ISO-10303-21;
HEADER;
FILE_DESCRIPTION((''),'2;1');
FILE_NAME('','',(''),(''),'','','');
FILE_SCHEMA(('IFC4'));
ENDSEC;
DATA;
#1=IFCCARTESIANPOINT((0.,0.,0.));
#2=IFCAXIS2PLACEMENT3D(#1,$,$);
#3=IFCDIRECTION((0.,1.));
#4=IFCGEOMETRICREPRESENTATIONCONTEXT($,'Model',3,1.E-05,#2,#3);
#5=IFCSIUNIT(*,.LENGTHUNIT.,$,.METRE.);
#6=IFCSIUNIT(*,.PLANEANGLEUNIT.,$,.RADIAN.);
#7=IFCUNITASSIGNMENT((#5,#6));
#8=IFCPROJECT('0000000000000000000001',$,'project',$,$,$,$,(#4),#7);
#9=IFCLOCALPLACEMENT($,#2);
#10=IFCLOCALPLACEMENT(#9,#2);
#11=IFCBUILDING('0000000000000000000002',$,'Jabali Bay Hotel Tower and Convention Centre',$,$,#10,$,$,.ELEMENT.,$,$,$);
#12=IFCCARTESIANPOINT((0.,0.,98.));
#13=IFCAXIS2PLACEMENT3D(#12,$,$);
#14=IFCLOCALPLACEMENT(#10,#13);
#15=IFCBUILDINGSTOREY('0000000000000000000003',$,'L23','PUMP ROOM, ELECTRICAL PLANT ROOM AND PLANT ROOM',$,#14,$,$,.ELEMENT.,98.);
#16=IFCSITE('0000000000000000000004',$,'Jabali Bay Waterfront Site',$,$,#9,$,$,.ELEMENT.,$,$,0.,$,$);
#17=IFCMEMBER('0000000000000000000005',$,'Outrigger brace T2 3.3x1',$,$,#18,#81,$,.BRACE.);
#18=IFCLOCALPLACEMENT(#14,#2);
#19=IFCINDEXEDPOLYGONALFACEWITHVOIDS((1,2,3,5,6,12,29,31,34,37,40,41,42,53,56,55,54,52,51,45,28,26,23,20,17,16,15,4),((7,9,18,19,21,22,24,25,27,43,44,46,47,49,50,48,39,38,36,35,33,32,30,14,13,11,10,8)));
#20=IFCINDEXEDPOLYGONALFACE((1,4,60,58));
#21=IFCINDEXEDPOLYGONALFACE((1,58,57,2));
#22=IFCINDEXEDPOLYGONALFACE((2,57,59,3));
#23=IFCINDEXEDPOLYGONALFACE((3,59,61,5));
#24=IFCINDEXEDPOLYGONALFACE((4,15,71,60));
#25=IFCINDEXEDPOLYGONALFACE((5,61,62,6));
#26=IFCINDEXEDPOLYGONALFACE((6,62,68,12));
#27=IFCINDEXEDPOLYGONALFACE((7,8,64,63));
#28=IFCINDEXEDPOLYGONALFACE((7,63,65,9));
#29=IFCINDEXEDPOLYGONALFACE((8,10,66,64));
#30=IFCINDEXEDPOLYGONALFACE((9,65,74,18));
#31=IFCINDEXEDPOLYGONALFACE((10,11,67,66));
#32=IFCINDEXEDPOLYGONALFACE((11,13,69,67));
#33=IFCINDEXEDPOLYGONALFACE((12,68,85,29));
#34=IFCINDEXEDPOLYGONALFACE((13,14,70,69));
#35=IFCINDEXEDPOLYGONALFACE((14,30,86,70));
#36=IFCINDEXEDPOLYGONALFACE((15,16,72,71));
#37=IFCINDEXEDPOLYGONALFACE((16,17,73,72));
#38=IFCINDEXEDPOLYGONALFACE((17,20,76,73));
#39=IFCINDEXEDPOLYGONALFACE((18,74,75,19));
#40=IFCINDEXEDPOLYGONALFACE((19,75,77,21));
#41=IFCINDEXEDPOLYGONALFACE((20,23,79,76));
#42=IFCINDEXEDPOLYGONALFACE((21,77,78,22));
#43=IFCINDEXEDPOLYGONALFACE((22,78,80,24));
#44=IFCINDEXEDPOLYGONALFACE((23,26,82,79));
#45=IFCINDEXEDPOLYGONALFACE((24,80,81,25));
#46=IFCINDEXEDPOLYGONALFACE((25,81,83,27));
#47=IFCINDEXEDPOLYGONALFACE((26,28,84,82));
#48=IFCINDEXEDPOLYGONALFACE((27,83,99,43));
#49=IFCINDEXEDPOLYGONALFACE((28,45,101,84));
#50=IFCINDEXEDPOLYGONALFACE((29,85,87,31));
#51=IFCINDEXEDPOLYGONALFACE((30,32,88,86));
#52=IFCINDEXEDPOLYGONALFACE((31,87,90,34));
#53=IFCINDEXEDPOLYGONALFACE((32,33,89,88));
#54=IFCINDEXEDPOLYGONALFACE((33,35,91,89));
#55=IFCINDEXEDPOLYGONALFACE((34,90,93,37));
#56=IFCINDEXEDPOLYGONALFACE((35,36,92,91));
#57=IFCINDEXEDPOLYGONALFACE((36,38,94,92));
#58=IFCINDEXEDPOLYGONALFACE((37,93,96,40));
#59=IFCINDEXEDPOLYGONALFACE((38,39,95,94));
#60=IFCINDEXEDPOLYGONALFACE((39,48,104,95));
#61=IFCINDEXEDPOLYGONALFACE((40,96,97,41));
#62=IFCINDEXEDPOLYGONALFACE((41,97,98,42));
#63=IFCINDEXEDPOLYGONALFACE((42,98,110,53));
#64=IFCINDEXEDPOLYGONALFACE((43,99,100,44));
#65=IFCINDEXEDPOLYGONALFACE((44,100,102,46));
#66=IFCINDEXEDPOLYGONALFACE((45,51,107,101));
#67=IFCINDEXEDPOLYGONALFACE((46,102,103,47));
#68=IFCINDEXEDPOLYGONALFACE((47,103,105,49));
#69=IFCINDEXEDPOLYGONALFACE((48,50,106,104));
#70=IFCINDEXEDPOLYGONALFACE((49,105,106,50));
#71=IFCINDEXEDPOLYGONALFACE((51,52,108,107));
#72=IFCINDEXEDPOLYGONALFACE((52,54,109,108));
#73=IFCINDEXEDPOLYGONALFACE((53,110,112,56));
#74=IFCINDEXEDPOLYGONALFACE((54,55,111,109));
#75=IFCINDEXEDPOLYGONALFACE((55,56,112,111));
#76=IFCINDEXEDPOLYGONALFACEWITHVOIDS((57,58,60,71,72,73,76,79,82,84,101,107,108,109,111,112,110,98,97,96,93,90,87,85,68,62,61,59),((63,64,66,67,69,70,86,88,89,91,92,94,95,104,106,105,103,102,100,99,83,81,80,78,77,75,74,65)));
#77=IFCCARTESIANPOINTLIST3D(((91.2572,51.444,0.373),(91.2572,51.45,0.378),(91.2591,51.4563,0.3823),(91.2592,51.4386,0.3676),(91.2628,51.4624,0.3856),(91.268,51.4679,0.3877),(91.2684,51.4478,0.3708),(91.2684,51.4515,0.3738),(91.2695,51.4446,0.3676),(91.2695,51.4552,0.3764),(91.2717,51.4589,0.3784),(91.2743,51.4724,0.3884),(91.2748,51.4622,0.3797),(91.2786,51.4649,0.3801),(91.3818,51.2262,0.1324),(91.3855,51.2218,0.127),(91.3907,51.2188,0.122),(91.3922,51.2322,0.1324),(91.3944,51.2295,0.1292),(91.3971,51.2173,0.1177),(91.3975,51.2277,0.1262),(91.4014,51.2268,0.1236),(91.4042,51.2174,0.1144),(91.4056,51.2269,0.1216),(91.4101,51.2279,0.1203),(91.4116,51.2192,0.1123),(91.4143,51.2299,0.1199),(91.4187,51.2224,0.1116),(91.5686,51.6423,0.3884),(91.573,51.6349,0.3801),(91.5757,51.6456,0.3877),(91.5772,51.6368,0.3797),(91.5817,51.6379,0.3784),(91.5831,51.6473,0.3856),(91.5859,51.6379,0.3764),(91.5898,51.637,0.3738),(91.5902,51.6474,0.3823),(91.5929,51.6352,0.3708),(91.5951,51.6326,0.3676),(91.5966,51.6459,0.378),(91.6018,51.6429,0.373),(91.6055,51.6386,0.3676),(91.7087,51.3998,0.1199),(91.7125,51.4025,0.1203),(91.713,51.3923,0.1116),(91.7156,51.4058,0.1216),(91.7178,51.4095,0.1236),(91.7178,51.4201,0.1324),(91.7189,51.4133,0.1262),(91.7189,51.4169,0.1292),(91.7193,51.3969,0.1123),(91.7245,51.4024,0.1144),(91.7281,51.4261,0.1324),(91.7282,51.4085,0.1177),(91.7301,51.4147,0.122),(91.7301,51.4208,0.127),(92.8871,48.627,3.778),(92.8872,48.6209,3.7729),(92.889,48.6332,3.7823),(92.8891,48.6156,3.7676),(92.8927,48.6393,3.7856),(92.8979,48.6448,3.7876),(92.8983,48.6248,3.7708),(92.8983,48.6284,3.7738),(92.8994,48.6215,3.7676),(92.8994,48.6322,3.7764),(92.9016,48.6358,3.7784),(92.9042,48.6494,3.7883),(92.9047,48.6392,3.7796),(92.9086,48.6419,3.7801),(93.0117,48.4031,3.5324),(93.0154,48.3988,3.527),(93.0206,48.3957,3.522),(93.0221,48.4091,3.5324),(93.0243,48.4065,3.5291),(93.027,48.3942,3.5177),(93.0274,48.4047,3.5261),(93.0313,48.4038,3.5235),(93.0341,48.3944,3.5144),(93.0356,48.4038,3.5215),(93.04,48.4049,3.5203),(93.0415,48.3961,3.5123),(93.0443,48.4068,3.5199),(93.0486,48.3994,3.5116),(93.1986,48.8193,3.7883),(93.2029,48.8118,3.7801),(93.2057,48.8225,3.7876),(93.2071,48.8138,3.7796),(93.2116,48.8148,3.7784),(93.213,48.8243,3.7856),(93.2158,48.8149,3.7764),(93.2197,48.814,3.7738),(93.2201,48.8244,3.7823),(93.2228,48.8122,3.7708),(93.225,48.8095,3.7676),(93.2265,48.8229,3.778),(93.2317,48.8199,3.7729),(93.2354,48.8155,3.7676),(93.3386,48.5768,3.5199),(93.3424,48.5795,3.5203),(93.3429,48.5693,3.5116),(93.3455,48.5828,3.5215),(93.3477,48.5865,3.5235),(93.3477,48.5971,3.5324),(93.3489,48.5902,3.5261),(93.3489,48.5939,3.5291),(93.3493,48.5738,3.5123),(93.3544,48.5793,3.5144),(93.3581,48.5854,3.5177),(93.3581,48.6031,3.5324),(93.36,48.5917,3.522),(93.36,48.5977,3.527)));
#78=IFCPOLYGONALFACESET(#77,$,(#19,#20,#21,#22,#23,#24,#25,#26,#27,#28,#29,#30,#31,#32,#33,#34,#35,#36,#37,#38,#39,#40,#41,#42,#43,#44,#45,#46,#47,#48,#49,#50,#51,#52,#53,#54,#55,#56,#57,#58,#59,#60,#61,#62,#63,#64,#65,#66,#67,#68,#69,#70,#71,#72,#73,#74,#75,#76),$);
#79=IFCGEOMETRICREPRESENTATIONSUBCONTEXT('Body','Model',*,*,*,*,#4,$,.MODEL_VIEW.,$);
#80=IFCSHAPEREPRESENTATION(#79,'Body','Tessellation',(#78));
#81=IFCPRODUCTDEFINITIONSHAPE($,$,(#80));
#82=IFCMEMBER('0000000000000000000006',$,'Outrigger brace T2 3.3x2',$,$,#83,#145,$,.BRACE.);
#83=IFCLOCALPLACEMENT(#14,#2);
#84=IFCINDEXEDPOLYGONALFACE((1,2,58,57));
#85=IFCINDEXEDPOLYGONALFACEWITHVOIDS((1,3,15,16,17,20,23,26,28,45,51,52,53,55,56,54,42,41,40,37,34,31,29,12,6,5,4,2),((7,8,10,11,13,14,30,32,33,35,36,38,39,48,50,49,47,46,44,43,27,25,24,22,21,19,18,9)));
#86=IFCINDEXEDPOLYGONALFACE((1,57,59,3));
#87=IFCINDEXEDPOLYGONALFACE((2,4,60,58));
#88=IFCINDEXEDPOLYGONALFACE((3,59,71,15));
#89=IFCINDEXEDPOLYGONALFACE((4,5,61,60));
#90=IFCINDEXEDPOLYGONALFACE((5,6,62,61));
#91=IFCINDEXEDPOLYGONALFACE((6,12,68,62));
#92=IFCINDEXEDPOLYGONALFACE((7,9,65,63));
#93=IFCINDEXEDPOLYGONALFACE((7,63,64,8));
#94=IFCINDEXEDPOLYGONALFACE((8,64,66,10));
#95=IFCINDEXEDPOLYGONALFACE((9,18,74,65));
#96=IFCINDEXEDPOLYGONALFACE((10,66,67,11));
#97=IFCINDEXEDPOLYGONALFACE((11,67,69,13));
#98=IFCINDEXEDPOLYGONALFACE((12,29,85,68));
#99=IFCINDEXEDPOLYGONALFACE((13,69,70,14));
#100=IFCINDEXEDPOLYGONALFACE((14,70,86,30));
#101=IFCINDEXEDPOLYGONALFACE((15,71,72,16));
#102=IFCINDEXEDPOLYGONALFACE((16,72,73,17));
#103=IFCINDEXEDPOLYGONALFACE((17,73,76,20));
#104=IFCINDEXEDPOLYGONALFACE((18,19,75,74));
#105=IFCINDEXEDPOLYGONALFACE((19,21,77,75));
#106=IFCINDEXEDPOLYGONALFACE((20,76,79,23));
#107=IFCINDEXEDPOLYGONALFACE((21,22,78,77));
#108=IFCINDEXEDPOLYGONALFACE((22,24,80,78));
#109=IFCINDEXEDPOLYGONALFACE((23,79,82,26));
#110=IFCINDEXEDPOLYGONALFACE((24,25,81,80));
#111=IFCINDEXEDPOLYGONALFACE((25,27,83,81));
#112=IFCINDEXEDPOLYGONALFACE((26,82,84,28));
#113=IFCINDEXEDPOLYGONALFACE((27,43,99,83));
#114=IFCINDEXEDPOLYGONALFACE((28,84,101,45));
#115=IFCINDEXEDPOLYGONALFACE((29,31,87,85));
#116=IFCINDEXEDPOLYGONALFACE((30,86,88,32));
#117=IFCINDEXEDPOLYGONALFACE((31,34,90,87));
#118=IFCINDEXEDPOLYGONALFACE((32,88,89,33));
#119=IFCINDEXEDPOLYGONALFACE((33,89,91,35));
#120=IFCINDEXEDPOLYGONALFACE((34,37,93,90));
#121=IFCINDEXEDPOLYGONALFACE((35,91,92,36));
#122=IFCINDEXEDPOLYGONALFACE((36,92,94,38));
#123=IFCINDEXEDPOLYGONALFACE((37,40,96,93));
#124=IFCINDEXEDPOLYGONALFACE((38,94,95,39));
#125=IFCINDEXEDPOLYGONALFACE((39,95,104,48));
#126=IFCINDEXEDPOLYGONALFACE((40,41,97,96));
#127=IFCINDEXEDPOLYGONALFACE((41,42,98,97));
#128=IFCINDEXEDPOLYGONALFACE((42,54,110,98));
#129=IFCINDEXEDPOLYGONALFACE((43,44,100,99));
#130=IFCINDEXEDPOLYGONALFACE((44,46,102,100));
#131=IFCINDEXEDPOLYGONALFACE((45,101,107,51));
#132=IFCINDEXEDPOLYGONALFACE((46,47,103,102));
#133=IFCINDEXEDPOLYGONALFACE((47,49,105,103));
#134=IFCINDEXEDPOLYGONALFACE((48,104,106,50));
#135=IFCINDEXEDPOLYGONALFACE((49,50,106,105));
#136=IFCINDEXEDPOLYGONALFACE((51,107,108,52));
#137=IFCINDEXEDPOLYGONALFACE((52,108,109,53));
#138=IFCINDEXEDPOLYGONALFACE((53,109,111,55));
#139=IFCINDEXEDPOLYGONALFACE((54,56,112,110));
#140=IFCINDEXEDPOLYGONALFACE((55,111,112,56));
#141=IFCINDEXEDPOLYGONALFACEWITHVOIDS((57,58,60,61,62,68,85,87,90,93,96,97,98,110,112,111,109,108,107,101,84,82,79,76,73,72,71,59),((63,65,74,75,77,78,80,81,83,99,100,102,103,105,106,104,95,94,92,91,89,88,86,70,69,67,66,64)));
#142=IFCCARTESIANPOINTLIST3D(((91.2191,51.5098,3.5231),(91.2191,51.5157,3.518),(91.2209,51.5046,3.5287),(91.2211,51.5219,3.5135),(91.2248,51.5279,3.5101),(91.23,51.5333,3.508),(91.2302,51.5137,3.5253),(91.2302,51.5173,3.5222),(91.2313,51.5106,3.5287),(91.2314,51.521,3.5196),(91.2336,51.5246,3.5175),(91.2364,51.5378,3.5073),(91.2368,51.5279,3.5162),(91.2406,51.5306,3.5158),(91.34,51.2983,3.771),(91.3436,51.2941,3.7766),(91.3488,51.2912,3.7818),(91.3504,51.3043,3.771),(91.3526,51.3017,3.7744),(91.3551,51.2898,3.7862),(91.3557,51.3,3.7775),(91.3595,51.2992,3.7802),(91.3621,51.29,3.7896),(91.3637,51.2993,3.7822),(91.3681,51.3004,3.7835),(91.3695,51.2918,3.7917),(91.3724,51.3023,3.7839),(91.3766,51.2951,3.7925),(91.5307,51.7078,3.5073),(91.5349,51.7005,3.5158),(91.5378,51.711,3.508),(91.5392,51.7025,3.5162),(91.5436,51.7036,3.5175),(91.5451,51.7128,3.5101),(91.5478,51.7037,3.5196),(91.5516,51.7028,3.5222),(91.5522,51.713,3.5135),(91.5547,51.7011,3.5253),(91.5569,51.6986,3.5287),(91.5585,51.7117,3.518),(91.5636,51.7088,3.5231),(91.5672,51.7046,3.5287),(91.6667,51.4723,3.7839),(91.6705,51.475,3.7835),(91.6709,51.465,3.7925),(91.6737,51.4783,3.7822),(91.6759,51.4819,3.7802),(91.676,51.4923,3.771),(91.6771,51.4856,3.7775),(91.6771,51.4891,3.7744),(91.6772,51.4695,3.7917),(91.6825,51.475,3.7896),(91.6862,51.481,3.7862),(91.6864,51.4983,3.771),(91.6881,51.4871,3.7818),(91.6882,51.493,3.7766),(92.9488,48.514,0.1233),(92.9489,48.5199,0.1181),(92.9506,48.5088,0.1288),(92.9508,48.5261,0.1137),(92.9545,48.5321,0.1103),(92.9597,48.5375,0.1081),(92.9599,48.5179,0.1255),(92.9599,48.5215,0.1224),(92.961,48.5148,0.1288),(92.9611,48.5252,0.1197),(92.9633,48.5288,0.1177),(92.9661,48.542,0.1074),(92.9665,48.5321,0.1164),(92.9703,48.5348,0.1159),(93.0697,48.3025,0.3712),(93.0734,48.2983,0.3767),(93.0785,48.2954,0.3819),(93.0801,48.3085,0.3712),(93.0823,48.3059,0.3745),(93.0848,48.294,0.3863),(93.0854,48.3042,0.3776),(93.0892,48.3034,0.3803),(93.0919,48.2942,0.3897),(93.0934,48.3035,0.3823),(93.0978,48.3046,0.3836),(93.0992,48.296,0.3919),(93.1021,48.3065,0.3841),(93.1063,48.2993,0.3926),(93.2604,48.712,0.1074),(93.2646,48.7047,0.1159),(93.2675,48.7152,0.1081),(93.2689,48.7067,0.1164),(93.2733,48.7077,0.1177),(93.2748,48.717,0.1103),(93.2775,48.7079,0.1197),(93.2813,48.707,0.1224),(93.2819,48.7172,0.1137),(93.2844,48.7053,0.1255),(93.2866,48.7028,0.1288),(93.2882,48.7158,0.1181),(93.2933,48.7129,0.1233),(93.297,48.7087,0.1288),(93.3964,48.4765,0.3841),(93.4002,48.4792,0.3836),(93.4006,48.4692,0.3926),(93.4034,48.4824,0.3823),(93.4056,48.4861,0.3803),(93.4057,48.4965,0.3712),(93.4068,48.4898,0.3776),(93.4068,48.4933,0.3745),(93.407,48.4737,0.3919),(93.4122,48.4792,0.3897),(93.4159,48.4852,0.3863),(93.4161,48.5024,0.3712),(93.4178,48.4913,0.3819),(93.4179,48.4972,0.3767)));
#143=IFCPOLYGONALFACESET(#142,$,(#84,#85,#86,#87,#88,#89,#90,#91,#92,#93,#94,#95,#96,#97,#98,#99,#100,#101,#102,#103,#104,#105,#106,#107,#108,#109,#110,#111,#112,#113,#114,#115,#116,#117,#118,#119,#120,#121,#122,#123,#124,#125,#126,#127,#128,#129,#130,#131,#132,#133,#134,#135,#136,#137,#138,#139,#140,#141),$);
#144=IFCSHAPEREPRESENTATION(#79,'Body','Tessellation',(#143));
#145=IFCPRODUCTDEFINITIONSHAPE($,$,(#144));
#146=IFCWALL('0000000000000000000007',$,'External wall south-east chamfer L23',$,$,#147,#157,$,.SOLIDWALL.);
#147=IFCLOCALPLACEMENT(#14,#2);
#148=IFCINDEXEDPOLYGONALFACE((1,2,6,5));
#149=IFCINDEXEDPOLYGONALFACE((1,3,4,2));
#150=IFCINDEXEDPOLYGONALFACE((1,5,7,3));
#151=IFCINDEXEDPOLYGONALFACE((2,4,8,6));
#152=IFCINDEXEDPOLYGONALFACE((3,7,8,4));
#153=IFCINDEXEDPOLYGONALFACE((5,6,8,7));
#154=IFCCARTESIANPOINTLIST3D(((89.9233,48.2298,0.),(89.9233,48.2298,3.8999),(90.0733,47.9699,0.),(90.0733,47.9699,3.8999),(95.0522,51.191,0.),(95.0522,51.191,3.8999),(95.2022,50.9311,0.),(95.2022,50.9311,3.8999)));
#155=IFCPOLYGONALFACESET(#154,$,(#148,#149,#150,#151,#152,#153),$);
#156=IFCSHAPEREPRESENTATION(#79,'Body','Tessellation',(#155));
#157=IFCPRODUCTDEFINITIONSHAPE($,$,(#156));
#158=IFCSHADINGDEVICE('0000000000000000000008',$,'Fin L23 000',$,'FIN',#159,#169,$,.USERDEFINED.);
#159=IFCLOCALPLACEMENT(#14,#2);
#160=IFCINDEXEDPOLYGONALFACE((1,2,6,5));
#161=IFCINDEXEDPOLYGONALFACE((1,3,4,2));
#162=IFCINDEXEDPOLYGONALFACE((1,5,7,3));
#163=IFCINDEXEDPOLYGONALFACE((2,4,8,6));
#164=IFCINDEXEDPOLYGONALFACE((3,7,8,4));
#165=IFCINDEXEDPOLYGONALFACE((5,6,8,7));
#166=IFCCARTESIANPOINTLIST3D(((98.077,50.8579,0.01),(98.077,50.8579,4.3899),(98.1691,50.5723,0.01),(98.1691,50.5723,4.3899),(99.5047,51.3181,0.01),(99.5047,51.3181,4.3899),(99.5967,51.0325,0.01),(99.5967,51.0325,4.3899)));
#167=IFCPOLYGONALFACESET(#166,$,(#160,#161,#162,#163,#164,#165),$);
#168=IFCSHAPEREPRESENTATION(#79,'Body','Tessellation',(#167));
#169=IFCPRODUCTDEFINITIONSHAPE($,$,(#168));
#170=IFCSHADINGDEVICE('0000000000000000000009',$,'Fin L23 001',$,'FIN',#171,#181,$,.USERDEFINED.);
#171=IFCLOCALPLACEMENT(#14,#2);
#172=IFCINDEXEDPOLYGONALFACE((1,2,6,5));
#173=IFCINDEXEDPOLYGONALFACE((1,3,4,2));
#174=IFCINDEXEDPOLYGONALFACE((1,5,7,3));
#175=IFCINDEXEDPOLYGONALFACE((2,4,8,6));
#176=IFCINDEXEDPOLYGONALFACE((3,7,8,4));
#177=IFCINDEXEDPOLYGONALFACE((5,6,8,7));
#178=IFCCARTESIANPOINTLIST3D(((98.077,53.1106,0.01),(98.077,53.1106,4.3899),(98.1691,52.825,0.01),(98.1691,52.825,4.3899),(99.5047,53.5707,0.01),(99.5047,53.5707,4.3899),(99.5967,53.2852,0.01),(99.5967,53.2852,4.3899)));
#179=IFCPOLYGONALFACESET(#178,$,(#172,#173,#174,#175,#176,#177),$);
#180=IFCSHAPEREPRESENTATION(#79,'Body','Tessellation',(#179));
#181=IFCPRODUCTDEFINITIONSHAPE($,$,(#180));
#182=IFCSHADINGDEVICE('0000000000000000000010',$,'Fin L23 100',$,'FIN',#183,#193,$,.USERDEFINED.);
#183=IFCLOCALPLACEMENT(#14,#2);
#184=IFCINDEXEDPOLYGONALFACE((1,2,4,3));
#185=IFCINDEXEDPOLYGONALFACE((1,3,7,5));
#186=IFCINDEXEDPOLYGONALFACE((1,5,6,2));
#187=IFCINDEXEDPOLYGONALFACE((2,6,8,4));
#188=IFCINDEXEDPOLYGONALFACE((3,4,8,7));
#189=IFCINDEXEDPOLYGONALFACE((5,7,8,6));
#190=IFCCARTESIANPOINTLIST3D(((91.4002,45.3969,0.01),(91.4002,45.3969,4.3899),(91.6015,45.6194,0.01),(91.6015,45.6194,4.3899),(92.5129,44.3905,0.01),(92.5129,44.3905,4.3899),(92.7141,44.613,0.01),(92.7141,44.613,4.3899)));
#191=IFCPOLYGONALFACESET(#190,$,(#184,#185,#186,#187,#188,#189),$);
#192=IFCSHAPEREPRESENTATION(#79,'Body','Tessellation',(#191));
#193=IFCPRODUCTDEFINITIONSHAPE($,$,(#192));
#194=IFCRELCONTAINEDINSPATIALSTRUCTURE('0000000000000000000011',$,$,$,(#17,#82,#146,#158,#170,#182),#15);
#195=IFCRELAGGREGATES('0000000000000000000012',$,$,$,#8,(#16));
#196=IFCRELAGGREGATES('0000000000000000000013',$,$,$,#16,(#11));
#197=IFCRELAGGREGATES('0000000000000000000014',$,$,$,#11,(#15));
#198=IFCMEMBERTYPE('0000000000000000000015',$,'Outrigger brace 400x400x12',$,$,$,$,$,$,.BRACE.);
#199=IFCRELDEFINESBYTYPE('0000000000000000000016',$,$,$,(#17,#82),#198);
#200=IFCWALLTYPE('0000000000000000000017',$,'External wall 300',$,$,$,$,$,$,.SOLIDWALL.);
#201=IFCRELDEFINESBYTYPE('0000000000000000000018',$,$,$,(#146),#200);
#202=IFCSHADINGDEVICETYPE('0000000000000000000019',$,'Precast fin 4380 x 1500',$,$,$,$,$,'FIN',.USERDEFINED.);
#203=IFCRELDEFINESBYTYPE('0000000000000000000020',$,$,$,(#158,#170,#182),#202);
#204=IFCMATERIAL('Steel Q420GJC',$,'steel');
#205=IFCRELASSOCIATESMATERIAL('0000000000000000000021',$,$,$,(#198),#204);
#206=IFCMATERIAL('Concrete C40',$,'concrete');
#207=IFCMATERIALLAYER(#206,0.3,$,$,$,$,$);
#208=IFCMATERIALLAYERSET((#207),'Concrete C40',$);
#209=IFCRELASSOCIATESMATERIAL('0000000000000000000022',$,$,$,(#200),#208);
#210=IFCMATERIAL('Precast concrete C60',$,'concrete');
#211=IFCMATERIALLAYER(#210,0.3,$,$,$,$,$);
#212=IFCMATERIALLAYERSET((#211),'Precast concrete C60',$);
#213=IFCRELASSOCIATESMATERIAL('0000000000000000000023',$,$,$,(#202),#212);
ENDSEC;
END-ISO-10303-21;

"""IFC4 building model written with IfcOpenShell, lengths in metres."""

from ifc_helpers import new_model, si_unit, direction, frame, frame_2d, origin, origin_2d, place, context, subcontext, project, spatial, rectangle, hollow_rectangle, extrude, material, layer, layer_set, material_profile, profile_set, type_object, element, save


model = new_model("IFC4")

# Units and contexts
model_context = context("Model", 3, precision=1e-05, world=origin(), true_north=direction((0.0, 1.0)))
body_context = subcontext(model_context, "Body", "Model", "MODEL_VIEW")
ifc_project = project(units=[si_unit("LENGTHUNIT", "METRE"), si_unit("PLANEANGLEUNIT", "RADIAN")], contexts=[model_context])

# Site, building, storey
site_placement = place(None, origin())
site = spatial("IfcSite", under=ifc_project, at=site_placement, Name="Jabali Bay Waterfront Site", CompositionType="ELEMENT", RefElevation=0.0)
building_placement = place(site_placement, origin())
building = spatial("IfcBuilding", under=site, at=building_placement, Name="Jabali Bay Hotel Tower and Convention Centre", CompositionType="ELEMENT")
storey_placement = place(building_placement, frame((0.0, 0.0, 98.0)))
storey = spatial("IfcBuildingStorey", under=building, at=storey_placement, Name="L23", Description="PUMP ROOM, ELECTRICAL PLANT ROOM AND PLANT ROOM", CompositionType="ELEMENT", Elevation=98.0)

# Members
ifc_material_1 = material(Name="Steel Q420GJC", Category="steel")
ifc_material_profile_1 = material_profile(ifc_material_1, hollow_rectangle(XDim=0.3999, YDim=0.3999, WallThickness=0.012, InnerFilletRadius=0.0181, OuterFilletRadius=0.03, at=origin_2d()), Name="Outrigger brace 400x400x12")
ifc_profile_set_1 = profile_set([ifc_material_profile_1], Name="Steel Q420GJC")
member_type_1 = type_object("IfcMemberType", Name="Outrigger brace 400x400x12", PredefinedType="BRACE", material=ifc_profile_set_1)
member_1_placement = place(storey_placement, frame((91.4937, 51.4324, 0.25), z_axis=(0.346039, -0.599348, 0.72183), x_axis=(0.866022, 0.500006, 0.0)))
element("IfcMember", 1, at=member_1_placement, inside=storey, type_object=member_type_1, Name="Outrigger brace T2 3.3x1", PredefinedType="BRACE", context=body_context, shape_type="SweptSolid", body=[
    extrude(hollow_rectangle(XDim=0.3999, YDim=0.3999, WallThickness=0.012, InnerFilletRadius=0.0181, OuterFilletRadius=0.03, at=origin_2d()), origin(), (0.0, 0.0, 1.0), 4.7102),
])
member_2_placement = place(storey_placement, frame((93.1833, 48.5056, 0.25), z_axis=(-0.356617, 0.617649, 0.700952), x_axis=(-0.866015, -0.500018, 0.0)))
element("IfcMember", 2, at=member_2_placement, inside=storey, type_object=member_type_1, Name="Outrigger brace T2 3.3x2", PredefinedType="BRACE", context=body_context, shape_type="SweptSolid", body=[
    extrude(hollow_rectangle(XDim=0.3999, YDim=0.3999, WallThickness=0.012, InnerFilletRadius=0.0181, OuterFilletRadius=0.03, at=origin_2d()), origin(), (0.0, 0.0, 1.0), 4.8503),
])

# Wall
ifc_material_2 = material(Name="Concrete C40", Category="concrete")
ifc_layer_1 = layer(ifc_material_2, 0.3)
ifc_layer_set_1 = layer_set([ifc_layer_1], Name="Concrete C40")
wall_type = type_object("IfcWallType", Name="External wall 300", PredefinedType="SOLIDWALL", material=ifc_layer_set_1)
wall_placement = place(storey_placement, frame((95.1272, 51.061, 0.0), z_axis=(0.0, 0.0, 1.0), x_axis=(-0.866025, -0.500001, 0.0)))
element("IfcWall", 3, at=wall_placement, inside=storey, type_object=wall_type, Name="External wall south-east chamfer L23", PredefinedType="SOLIDWALL", context=body_context, shape_type="SweptSolid", body=[
    extrude(rectangle(XDim=5.9224, YDim=0.3, at=frame_2d((2.9612, 0.0))), origin(), (0.0, 0.0, 1.0), 3.8999),
])

# Shading devices
ifc_material_3 = material(Name="Precast concrete C60", Category="concrete")
ifc_layer_2 = layer(ifc_material_3, 0.3)
ifc_layer_set_2 = layer_set([ifc_layer_2], Name="Precast concrete C60")
shading_device_type = type_object("IfcShadingDeviceType", Name="Precast fin 4380 x 1500", ElementType="FIN", PredefinedType="USERDEFINED", material=ifc_layer_set_2)
for number, where, z_axis, x_axis, name in (
    (4, (98.123, 50.7151, 0.01), (0.0, 0.0, 1.0), (0.951778, 0.306789, 0.0), "Fin L23 000"),
    (5, (98.123, 52.9678, 0.01), (0.0, 0.0, 1.0), (0.951778, 0.306789, 0.0), "Fin L23 001"),
):
    element("IfcShadingDevice", number, at=place(storey_placement, frame(where, z_axis=z_axis, x_axis=x_axis)), inside=storey, type_object=shading_device_type, Name=name, ObjectType="FIN", PredefinedType="USERDEFINED", context=body_context, shape_type="SweptSolid", body=[
        extrude(rectangle(XDim=1.5, YDim=0.3, at=frame_2d((0.75, 0.0))), origin(), (0.0, 0.0, 1.0), 4.3799),
    ])
shading_device_1_placement = place(storey_placement, frame((91.501, 45.5081, 0.01), z_axis=(0.0, 0.0, 1.0), x_axis=(0.741617, -0.670824, 0.0)))
element("IfcShadingDevice", 6, at=shading_device_1_placement, inside=storey, type_object=shading_device_type, Name="Fin L23 100", ObjectType="FIN", PredefinedType="USERDEFINED", context=body_context, shape_type="SweptSolid", body=[
    extrude(rectangle(XDim=1.5002, YDim=0.3, at=frame_2d((0.75, 0.0))), origin(), (0.0, 0.0, 1.0), 4.3799),
])

save(model, "model.ifc")
